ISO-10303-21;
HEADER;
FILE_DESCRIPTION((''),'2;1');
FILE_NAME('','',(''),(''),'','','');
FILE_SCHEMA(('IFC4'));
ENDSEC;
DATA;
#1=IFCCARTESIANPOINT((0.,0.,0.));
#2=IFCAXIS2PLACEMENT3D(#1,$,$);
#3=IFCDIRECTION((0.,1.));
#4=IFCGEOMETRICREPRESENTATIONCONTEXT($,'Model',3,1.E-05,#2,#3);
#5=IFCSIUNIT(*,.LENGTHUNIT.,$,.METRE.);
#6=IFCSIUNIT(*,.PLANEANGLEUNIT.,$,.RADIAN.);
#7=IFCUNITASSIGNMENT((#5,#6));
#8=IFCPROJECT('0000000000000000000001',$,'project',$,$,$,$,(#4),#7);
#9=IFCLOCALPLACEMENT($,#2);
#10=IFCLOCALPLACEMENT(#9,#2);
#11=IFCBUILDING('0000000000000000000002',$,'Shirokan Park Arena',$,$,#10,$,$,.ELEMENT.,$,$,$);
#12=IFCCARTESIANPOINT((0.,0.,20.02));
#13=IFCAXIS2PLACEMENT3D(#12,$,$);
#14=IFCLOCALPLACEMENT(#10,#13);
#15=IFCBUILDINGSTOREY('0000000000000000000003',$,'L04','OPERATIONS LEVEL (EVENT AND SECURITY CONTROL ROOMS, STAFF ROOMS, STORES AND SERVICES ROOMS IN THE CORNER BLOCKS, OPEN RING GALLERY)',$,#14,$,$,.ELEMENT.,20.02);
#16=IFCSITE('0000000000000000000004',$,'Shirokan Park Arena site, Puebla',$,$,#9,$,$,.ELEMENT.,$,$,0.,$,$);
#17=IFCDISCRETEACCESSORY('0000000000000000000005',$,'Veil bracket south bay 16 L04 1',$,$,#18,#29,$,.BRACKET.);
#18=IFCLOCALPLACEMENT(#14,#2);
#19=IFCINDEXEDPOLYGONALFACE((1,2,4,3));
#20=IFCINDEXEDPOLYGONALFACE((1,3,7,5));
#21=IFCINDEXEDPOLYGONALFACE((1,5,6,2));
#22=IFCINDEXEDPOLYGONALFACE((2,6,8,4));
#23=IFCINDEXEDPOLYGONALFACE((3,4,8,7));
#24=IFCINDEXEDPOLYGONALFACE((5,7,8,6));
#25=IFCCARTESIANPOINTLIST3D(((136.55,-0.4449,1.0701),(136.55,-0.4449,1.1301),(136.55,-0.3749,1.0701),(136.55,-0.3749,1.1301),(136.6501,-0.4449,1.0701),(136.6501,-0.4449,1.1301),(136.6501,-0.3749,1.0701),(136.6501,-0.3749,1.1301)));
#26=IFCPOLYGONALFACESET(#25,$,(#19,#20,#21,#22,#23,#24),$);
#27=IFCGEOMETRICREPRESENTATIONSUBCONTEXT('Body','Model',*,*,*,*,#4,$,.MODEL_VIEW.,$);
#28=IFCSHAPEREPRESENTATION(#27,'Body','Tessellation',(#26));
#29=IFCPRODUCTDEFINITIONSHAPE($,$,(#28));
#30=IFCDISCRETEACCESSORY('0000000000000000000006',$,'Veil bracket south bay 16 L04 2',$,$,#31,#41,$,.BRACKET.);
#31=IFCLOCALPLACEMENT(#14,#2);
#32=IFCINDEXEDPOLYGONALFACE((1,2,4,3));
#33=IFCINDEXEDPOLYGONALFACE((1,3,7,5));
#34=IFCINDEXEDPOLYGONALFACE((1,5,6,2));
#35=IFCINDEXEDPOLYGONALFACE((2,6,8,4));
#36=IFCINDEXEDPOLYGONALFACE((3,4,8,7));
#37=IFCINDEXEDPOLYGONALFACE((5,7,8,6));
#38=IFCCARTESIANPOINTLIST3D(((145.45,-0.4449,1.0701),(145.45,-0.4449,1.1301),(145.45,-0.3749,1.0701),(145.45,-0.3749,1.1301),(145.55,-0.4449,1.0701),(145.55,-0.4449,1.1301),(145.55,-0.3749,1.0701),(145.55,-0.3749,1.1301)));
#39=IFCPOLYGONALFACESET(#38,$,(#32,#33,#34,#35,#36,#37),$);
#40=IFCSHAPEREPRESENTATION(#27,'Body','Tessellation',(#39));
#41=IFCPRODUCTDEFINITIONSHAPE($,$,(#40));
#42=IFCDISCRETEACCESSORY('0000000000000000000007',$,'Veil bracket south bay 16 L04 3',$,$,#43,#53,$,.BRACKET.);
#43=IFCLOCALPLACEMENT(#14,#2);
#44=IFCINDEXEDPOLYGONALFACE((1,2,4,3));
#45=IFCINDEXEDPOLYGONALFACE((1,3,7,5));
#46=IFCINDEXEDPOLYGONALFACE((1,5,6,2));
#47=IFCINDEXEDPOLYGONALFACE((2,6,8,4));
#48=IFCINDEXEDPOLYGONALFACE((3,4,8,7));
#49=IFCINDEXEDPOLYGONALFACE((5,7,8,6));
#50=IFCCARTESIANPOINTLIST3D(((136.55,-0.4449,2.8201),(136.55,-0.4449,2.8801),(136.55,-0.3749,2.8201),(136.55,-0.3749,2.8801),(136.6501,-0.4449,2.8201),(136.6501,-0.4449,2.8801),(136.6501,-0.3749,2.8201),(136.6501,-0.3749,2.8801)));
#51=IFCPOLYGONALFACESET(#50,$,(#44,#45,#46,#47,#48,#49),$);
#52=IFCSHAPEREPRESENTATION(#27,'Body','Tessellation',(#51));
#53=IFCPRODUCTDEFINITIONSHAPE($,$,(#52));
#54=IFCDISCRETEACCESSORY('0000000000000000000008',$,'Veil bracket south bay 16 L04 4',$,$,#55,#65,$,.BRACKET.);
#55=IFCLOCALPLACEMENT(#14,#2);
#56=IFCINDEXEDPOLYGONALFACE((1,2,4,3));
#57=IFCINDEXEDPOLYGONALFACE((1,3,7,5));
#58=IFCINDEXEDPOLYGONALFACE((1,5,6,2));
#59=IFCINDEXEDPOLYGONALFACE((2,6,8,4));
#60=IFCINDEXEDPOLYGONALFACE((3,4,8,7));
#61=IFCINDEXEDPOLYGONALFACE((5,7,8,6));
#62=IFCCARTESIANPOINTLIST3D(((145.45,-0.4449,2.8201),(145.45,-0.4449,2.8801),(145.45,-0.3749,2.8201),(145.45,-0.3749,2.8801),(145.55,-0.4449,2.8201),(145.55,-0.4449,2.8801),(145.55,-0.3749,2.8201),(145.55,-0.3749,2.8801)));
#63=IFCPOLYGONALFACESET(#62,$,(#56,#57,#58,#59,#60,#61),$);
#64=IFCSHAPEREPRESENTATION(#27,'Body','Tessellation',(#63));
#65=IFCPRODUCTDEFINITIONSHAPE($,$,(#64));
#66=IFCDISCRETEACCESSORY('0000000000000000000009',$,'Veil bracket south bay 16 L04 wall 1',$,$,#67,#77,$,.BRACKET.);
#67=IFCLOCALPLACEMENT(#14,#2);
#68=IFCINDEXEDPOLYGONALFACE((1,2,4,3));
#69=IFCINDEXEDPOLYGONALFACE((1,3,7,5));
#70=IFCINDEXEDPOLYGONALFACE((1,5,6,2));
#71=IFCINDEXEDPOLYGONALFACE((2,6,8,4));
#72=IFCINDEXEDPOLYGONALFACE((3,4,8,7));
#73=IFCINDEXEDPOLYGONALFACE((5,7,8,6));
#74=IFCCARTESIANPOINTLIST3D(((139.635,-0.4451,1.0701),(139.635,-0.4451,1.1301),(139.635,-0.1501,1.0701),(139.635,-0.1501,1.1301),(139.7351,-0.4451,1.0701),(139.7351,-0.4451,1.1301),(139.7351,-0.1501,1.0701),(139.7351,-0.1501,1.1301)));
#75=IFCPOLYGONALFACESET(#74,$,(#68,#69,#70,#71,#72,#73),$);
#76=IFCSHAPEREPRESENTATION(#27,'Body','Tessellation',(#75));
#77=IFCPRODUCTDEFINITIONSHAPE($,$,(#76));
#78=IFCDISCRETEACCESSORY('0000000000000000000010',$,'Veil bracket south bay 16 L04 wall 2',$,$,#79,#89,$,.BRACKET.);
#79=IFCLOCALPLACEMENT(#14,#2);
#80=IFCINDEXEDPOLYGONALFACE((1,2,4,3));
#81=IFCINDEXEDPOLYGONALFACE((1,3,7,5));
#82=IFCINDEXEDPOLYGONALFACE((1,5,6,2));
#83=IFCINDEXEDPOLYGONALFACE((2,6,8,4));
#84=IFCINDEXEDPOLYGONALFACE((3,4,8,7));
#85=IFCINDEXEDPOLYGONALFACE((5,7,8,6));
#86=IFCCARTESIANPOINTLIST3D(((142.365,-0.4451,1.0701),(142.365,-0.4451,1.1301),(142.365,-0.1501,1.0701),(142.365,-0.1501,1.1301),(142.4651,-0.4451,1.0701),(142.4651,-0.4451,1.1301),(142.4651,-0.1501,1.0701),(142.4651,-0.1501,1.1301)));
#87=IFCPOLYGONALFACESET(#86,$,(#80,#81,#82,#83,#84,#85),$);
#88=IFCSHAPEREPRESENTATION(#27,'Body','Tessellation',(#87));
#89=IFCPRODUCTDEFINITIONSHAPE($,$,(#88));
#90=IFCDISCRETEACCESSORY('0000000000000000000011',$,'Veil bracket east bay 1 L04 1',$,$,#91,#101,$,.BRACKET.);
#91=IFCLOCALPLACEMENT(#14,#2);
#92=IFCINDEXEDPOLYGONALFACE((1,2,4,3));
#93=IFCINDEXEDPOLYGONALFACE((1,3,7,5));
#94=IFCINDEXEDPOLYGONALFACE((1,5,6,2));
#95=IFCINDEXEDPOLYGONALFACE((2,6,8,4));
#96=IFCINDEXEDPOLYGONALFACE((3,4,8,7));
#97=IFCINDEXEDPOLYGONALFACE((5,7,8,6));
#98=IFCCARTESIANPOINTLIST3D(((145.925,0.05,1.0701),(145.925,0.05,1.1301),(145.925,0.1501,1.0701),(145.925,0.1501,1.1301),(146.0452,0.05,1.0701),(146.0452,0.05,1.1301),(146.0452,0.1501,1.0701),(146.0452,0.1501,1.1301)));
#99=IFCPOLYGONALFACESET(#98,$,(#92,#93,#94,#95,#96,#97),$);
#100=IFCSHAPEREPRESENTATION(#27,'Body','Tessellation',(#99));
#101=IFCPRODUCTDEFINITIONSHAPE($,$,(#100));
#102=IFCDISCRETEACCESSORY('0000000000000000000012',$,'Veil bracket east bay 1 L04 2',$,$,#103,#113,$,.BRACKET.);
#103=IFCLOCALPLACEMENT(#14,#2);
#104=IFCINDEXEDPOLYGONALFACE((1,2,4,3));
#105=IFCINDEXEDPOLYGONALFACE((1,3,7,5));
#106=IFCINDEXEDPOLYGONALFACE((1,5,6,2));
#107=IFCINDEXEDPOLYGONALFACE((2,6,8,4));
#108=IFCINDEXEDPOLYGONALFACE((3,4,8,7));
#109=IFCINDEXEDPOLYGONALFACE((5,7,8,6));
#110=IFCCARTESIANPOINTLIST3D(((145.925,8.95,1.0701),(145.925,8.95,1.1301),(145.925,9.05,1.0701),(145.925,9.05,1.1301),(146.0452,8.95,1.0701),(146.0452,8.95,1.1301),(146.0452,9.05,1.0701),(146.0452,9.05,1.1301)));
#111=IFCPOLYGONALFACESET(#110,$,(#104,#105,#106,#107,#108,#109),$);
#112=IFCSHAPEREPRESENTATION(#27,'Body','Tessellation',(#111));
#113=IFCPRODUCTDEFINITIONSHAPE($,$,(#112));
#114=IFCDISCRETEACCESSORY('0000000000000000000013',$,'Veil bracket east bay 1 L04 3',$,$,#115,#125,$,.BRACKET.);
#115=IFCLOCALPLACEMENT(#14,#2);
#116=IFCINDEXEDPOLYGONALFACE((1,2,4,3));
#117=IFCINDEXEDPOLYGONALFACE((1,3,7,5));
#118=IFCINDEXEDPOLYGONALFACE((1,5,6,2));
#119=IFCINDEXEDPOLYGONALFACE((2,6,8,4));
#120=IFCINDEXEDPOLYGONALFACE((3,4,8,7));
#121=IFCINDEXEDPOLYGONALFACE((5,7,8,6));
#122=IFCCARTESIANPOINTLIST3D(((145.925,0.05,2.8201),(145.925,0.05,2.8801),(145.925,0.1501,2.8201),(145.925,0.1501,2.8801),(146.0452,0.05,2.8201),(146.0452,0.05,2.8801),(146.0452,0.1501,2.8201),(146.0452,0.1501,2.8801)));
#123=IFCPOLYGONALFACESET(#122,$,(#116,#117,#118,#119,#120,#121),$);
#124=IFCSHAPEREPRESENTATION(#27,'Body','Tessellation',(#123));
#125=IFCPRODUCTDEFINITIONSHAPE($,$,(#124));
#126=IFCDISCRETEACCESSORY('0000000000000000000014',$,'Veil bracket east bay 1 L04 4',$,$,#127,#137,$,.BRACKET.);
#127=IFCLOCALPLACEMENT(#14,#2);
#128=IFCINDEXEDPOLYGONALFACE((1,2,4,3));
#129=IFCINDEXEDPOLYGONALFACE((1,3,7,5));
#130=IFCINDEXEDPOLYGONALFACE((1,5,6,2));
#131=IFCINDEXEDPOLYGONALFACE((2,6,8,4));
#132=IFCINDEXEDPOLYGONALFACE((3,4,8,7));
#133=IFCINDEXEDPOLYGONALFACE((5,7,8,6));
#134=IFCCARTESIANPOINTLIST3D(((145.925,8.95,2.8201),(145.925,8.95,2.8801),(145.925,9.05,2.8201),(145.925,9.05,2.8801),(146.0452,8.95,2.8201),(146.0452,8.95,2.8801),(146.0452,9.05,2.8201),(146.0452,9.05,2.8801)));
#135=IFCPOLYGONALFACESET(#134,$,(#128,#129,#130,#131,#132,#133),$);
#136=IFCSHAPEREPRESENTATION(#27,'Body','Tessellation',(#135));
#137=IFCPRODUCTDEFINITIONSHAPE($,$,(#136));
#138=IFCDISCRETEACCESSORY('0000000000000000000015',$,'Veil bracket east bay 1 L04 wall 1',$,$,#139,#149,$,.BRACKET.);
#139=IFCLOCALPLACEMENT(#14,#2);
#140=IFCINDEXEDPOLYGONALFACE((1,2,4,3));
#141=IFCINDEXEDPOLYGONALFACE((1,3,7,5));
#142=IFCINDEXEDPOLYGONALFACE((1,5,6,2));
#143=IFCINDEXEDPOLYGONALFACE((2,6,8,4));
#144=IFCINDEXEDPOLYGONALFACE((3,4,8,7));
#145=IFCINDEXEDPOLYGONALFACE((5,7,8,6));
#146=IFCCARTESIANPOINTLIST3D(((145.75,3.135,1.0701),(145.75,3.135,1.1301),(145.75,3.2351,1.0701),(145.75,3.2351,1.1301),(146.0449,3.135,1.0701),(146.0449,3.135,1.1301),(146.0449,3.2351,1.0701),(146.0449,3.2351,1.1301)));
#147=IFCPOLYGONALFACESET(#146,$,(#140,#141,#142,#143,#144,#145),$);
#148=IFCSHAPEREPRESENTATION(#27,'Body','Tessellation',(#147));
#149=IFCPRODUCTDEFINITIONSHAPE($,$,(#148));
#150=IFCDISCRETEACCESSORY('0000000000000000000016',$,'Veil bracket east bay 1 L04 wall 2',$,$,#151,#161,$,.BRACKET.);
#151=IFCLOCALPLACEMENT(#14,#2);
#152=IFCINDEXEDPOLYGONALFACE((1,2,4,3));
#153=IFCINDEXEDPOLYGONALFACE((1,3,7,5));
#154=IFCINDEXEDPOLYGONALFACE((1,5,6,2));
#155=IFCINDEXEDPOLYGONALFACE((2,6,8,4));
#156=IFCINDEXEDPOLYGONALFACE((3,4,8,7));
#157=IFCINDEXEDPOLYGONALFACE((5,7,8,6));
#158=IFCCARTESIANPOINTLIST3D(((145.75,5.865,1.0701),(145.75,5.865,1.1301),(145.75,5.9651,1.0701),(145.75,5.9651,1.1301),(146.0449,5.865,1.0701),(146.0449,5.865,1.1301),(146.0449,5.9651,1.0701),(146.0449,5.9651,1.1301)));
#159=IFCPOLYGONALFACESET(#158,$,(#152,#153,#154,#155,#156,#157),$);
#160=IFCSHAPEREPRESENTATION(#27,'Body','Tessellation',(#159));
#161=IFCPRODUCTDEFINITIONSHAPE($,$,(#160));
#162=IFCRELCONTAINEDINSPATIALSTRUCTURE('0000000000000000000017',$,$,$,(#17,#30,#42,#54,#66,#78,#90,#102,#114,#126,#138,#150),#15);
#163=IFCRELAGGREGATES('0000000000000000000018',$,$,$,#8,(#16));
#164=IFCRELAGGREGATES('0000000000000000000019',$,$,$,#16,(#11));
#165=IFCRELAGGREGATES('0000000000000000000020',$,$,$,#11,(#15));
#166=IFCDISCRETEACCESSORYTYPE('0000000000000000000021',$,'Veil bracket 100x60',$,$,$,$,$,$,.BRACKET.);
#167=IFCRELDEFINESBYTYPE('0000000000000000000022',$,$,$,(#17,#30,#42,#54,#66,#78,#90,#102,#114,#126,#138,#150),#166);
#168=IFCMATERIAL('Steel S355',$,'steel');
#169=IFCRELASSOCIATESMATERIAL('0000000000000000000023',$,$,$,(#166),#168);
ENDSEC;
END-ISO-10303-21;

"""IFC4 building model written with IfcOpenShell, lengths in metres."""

from ifc_helpers import new_model, si_unit, direction, frame, origin, origin_2d, place, context, subcontext, project, spatial, rectangle, extrude, material, type_object, element, save


model = new_model("IFC4")

# Units and contexts
model_context = context("Model", 3, precision=1e-05, world=origin(), true_north=direction((0.0, 1.0)))
body_context = subcontext(model_context, "Body", "Model", "MODEL_VIEW")
ifc_project = project(units=[si_unit("LENGTHUNIT", "METRE"), si_unit("PLANEANGLEUNIT", "RADIAN")], contexts=[model_context])

# Site, building, storey
site_placement = place(None, origin())
site = spatial("IfcSite", under=ifc_project, at=site_placement, Name="Shirokan Park Arena site, Puebla", CompositionType="ELEMENT", RefElevation=0.0)
building_placement = place(site_placement, origin())
building = spatial("IfcBuilding", under=site, at=building_placement, Name="Shirokan Park Arena", CompositionType="ELEMENT")
storey_placement = place(building_placement, frame((0.0, 0.0, 20.02)))
storey = spatial("IfcBuildingStorey", under=building, at=storey_placement, Name="L04", Description="OPERATIONS LEVEL (EVENT AND SECURITY CONTROL ROOMS, STAFF ROOMS, STORES AND SERVICES ROOMS IN THE CORNER BLOCKS, OPEN RING GALLERY)", CompositionType="ELEMENT", Elevation=20.02)

# Discrete accessories
ifc_material_1 = material(Name="Steel S355", Category="steel")
discrete_accessory_type = type_object("IfcDiscreteAccessoryType", Name="Veil bracket 100x60", PredefinedType="BRACKET", material=ifc_material_1)
for number, where, z_axis, x_axis, name in (
    (1, (136.6001, -0.4099, 1.0701), (0.0, 0.0, 1.0), (1.0, 0.0, 0.0), "Veil bracket south bay 16 L04 1"),
    (2, (145.5, -0.4099, 1.0701), (0.0, 0.0, 1.0), (1.0, 0.0, 0.0), "Veil bracket south bay 16 L04 2"),
    (3, (136.6001, -0.4099, 2.8201), (0.0, 0.0, 1.0), (1.0, 0.0, 0.0), "Veil bracket south bay 16 L04 3"),
    (4, (145.5, -0.4099, 2.8201), (0.0, 0.0, 1.0), (1.0, 0.0, 0.0), "Veil bracket south bay 16 L04 4"),
):
    element("IfcDiscreteAccessory", number, at=place(storey_placement, frame(where, z_axis=z_axis, x_axis=x_axis)), inside=storey, type_object=discrete_accessory_type, Name=name, PredefinedType="BRACKET", context=body_context, shape_type="SweptSolid", body=[
        extrude(rectangle(XDim=0.1001, YDim=0.0701, at=origin_2d()), origin(), (0.0, 0.0, 1.0), 0.0601),
    ])
for number, where, z_axis, x_axis, name in (
    (5, (139.6851, -0.2976, 1.0701), (0.0, 0.0, 1.0), (1.0, 0.0, 0.0), "Veil bracket south bay 16 L04 wall 1"),
    (6, (142.415, -0.2976, 1.0701), (0.0, 0.0, 1.0), (1.0, 0.0, 0.0), "Veil bracket south bay 16 L04 wall 2"),
):
    element("IfcDiscreteAccessory", number, at=place(storey_placement, frame(where, z_axis=z_axis, x_axis=x_axis)), inside=storey, type_object=discrete_accessory_type, Name=name, PredefinedType="BRACKET", context=body_context, shape_type="SweptSolid", body=[
        extrude(rectangle(XDim=0.1001, YDim=0.2949, at=origin_2d()), origin(), (0.0, 0.0, 1.0), 0.0601),
    ])
for number, where, z_axis, x_axis, name in (
    (7, (145.9851, 0.1001, 1.0701), (0.0, 0.0, 1.0), (0.0, 1.0, 0.0), "Veil bracket east bay 1 L04 1"),
    (8, (145.9851, 9.0, 1.0701), (0.0, 0.0, 1.0), (0.0, 1.0, 0.0), "Veil bracket east bay 1 L04 2"),
    (9, (145.9851, 0.1001, 2.8201), (0.0, 0.0, 1.0), (0.0, 1.0, 0.0), "Veil bracket east bay 1 L04 3"),
    (10, (145.9851, 9.0, 2.8201), (0.0, 0.0, 1.0), (0.0, 1.0, 0.0), "Veil bracket east bay 1 L04 4"),
):
    element("IfcDiscreteAccessory", number, at=place(storey_placement, frame(where, z_axis=z_axis, x_axis=x_axis)), inside=storey, type_object=discrete_accessory_type, Name=name, PredefinedType="BRACKET", context=body_context, shape_type="SweptSolid", body=[
        extrude(rectangle(XDim=0.1001, YDim=0.1201, at=origin_2d()), origin(), (0.0, 0.0, 1.0), 0.0601),
    ])
for number, where, z_axis, x_axis, name in (
    (11, (145.8975, 3.1851, 1.0701), (0.0, 0.0, 1.0), (0.0, 1.0, 0.0), "Veil bracket east bay 1 L04 wall 1"),
    (12, (145.8975, 5.915, 1.0701), (0.0, 0.0, 1.0), (0.0, 1.0, 0.0), "Veil bracket east bay 1 L04 wall 2"),
):
    element("IfcDiscreteAccessory", number, at=place(storey_placement, frame(where, z_axis=z_axis, x_axis=x_axis)), inside=storey, type_object=discrete_accessory_type, Name=name, PredefinedType="BRACKET", context=body_context, shape_type="SweptSolid", body=[
        extrude(rectangle(XDim=0.1001, YDim=0.2949, at=origin_2d()), origin(), (0.0, 0.0, 1.0), 0.0601),
    ])

save(model, "model.ifc")
